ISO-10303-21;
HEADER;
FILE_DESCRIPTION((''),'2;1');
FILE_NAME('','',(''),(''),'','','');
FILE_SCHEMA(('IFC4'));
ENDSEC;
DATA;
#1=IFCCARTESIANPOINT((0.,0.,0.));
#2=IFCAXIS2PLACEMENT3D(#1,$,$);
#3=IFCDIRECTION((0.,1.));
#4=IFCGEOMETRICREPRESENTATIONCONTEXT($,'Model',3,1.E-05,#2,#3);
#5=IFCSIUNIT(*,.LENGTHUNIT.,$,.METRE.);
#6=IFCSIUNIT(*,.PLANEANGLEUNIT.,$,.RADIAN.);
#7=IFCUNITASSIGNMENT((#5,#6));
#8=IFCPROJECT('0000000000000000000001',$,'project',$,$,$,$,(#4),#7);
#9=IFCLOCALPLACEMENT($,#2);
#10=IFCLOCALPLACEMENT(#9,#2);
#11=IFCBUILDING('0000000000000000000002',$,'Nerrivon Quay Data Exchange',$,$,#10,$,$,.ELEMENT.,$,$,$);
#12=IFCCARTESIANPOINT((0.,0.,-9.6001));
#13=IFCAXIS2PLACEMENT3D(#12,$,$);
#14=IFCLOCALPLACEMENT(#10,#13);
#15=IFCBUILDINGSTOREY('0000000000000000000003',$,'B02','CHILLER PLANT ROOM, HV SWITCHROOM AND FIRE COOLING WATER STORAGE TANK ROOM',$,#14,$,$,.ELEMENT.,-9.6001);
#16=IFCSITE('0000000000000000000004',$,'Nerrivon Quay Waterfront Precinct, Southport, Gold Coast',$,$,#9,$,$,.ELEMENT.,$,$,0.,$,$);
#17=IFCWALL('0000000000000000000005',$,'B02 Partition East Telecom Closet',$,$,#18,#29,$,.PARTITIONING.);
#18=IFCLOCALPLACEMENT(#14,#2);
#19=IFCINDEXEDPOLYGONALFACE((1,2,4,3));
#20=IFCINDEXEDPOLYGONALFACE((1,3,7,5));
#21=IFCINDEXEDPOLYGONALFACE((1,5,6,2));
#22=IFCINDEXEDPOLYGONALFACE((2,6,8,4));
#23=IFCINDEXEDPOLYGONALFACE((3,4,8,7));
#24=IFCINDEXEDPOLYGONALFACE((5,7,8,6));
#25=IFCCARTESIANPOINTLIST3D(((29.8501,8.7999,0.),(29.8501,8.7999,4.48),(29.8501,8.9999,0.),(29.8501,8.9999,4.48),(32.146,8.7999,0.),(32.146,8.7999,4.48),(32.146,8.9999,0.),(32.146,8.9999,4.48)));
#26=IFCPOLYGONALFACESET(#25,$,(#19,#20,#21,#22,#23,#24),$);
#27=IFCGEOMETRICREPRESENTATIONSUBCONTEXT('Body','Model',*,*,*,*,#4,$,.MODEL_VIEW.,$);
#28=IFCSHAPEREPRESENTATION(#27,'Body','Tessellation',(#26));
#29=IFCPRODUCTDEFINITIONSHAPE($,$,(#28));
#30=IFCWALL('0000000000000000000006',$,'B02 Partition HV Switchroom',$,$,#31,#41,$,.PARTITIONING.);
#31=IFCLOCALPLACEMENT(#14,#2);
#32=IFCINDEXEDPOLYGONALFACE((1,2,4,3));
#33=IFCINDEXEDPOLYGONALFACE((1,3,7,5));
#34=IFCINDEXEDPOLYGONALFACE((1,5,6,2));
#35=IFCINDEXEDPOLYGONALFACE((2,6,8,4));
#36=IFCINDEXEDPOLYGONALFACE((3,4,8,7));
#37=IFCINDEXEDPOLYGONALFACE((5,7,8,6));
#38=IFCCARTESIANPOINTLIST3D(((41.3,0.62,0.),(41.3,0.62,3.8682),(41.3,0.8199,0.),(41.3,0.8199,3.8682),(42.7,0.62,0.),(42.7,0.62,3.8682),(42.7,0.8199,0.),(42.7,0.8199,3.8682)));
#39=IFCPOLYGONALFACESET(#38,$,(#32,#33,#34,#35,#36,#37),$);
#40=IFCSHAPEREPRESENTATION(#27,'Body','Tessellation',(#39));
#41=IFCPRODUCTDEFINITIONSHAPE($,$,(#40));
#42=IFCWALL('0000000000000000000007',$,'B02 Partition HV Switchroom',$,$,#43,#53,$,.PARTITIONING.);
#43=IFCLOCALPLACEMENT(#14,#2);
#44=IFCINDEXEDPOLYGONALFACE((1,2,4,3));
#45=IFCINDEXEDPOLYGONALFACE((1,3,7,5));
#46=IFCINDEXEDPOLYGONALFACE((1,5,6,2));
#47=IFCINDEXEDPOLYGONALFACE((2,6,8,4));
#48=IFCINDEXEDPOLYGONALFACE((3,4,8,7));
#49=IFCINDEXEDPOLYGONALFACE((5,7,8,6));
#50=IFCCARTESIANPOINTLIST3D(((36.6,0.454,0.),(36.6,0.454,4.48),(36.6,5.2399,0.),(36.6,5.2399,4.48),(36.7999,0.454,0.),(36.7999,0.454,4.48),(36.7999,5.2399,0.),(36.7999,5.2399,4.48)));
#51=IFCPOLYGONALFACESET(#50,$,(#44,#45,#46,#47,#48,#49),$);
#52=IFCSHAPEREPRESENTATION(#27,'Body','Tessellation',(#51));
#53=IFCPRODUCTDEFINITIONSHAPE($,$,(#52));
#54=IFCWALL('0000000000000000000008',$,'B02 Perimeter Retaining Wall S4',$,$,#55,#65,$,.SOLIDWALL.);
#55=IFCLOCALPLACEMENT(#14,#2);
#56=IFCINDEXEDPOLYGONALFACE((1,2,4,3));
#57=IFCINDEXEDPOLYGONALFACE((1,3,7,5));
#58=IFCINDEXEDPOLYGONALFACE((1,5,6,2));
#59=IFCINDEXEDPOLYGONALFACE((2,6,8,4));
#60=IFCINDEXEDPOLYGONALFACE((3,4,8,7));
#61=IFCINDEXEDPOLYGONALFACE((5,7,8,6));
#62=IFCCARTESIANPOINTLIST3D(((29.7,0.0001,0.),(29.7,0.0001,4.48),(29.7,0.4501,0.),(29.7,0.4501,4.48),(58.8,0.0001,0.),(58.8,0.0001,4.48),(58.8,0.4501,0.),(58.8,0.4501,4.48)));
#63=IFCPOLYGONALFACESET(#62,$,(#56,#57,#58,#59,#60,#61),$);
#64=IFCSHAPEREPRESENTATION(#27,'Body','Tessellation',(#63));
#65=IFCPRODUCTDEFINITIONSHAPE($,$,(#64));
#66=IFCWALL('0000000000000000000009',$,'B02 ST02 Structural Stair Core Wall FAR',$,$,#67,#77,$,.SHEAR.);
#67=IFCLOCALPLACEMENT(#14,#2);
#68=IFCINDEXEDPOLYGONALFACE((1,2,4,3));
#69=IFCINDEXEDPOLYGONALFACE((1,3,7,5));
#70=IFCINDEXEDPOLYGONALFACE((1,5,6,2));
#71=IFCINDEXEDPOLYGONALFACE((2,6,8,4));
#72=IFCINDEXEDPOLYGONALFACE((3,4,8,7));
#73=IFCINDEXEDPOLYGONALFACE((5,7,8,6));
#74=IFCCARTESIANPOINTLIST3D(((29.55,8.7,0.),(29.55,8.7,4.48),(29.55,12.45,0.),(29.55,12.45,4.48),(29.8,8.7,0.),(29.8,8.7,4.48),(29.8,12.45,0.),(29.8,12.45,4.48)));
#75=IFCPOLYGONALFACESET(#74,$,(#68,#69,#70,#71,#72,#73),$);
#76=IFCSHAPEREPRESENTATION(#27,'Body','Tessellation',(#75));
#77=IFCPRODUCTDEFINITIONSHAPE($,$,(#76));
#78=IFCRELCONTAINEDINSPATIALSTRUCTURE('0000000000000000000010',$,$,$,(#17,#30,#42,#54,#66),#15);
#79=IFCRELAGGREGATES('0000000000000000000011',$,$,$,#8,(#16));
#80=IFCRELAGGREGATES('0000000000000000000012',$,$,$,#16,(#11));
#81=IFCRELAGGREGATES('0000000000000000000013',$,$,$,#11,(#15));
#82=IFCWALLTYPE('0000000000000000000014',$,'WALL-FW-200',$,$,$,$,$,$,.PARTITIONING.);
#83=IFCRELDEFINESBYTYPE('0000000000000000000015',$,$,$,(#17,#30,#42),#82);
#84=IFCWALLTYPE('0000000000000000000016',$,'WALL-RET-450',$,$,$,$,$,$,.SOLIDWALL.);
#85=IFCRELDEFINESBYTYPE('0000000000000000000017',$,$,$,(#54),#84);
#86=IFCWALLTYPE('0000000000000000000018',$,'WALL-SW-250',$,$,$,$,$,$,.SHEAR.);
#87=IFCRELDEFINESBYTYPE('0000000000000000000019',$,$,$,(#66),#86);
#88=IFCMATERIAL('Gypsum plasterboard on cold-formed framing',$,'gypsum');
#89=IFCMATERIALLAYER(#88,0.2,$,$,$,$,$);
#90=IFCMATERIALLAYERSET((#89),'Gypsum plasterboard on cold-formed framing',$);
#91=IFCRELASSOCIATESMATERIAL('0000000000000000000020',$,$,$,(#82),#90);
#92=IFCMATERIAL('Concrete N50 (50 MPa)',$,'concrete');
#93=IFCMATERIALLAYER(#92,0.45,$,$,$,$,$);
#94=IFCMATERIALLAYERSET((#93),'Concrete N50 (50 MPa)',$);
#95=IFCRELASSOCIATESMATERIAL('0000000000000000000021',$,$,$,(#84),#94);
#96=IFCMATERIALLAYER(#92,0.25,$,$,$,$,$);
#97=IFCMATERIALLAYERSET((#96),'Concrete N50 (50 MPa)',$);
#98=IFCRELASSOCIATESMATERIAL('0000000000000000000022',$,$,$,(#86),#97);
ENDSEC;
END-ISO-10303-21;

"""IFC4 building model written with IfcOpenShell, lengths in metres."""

from ifc_helpers import new_model, si_unit, direction, frame, frame_2d, origin, place, context, subcontext, project, spatial, rectangle, extrude, material, layer, layer_set, type_object, element, save


model = new_model("IFC4")

# Units and contexts
model_context = context("Model", 3, precision=1e-05, world=origin(), true_north=direction((0.0, 1.0)))
body_context = subcontext(model_context, "Body", "Model", "MODEL_VIEW")
ifc_project = project(units=[si_unit("LENGTHUNIT", "METRE"), si_unit("PLANEANGLEUNIT", "RADIAN")], contexts=[model_context])

# Site, building, storey
site_placement = place(None, origin())
site = spatial("IfcSite", under=ifc_project, at=site_placement, Name="Nerrivon Quay Waterfront Precinct, Southport, Gold Coast", CompositionType="ELEMENT", RefElevation=0.0)
building_placement = place(site_placement, origin())
building = spatial("IfcBuilding", under=site, at=building_placement, Name="Nerrivon Quay Data Exchange", CompositionType="ELEMENT")
storey_placement = place(building_placement, frame((0.0, 0.0, -9.6001)))
storey = spatial("IfcBuildingStorey", under=building, at=storey_placement, Name="B02", Description="CHILLER PLANT ROOM, HV SWITCHROOM AND FIRE COOLING WATER STORAGE TANK ROOM", CompositionType="ELEMENT", Elevation=-9.6001)

# Shared definitions
ifc_material_1 = material(Name="Concrete N50 (50 MPa)", Category="concrete")

# Walls
ifc_material_2 = material(Name="Gypsum plasterboard on cold-formed framing", Category="gypsum")
ifc_layer_1 = layer(ifc_material_2, 0.2)
ifc_layer_set_1 = layer_set([ifc_layer_1], Name="Gypsum plasterboard on cold-formed framing")
wall_type_1 = type_object("IfcWallType", Name="WALL-FW-200", PredefinedType="PARTITIONING", material=ifc_layer_set_1)
wall_1_placement = place(storey_placement, frame((29.8501, 8.8999, 0.0), z_axis=(0.0, 0.0, 1.0), x_axis=(1.0, 0.0, 0.0)))
element("IfcWall", 1, at=wall_1_placement, inside=storey, type_object=wall_type_1, Name="B02 Partition East Telecom Closet", PredefinedType="PARTITIONING", context=body_context, shape_type="SweptSolid", body=[
    extrude(rectangle(XDim=2.2959, YDim=0.2, at=frame_2d((1.1479, 0.0))), origin(), (0.0, 0.0, 1.0), 4.48),
])
wall_2_placement = place(storey_placement, frame((41.3, 0.72, 0.0), z_axis=(0.0, 0.0, 1.0), x_axis=(1.0, 0.0, 0.0)))
element("IfcWall", 2, at=wall_2_placement, inside=storey, type_object=wall_type_1, Name="B02 Partition HV Switchroom", PredefinedType="PARTITIONING", context=body_context, shape_type="SweptSolid", body=[
    extrude(rectangle(XDim=1.3999, YDim=0.2, at=frame_2d((0.7, 0.0))), origin(), (0.0, 0.0, 1.0), 3.8682),
])
wall_3_placement = place(storey_placement, frame((36.7, 5.24, 0.0), z_axis=(0.0, 0.0, 1.0), x_axis=(0.0, -1.0, 0.0)))
element("IfcWall", 3, at=wall_3_placement, inside=storey, type_object=wall_type_1, Name="B02 Partition HV Switchroom", PredefinedType="PARTITIONING", context=body_context, shape_type="SweptSolid", body=[
    extrude(rectangle(XDim=4.7859, YDim=0.2, at=frame_2d((2.3931, 0.0))), origin(), (0.0, 0.0, 1.0), 4.48),
])
ifc_layer_2 = layer(ifc_material_1, 0.45)
ifc_layer_set_2 = layer_set([ifc_layer_2], Name="Concrete N50 (50 MPa)")
wall_type_2 = type_object("IfcWallType", Name="WALL-RET-450", PredefinedType="SOLIDWALL", material=ifc_layer_set_2)
wall_4_placement = place(storey_placement, frame((29.7, 0.2251, 0.0), z_axis=(0.0, 0.0, 1.0), x_axis=(1.0, 0.0, 0.0)))
element("IfcWall", 4, at=wall_4_placement, inside=storey, type_object=wall_type_2, Name="B02 Perimeter Retaining Wall S4", PredefinedType="SOLIDWALL", context=body_context, shape_type="SweptSolid", body=[
    extrude(rectangle(XDim=29.1001, YDim=0.45, at=frame_2d((14.55, 0.0))), origin(), (0.0, 0.0, 1.0), 4.48),
])
ifc_layer_3 = layer(ifc_material_1, 0.25)
ifc_layer_set_3 = layer_set([ifc_layer_3], Name="Concrete N50 (50 MPa)")
wall_type_3 = type_object("IfcWallType", Name="WALL-SW-250", PredefinedType="SHEAR", material=ifc_layer_set_3)
wall_5_placement = place(storey_placement, frame((29.675, 8.7, 0.0), z_axis=(0.0, 0.0, 1.0), x_axis=(0.0, 1.0, 0.0)))
element("IfcWall", 5, at=wall_5_placement, inside=storey, type_object=wall_type_3, Name="B02 ST02 Structural Stair Core Wall FAR", PredefinedType="SHEAR", context=body_context, shape_type="SweptSolid", body=[
    extrude(rectangle(XDim=3.75, YDim=0.25, at=frame_2d((1.875, 0.0))), origin(), (0.0, 0.0, 1.0), 4.48),
])

save(model, "model.ifc")
